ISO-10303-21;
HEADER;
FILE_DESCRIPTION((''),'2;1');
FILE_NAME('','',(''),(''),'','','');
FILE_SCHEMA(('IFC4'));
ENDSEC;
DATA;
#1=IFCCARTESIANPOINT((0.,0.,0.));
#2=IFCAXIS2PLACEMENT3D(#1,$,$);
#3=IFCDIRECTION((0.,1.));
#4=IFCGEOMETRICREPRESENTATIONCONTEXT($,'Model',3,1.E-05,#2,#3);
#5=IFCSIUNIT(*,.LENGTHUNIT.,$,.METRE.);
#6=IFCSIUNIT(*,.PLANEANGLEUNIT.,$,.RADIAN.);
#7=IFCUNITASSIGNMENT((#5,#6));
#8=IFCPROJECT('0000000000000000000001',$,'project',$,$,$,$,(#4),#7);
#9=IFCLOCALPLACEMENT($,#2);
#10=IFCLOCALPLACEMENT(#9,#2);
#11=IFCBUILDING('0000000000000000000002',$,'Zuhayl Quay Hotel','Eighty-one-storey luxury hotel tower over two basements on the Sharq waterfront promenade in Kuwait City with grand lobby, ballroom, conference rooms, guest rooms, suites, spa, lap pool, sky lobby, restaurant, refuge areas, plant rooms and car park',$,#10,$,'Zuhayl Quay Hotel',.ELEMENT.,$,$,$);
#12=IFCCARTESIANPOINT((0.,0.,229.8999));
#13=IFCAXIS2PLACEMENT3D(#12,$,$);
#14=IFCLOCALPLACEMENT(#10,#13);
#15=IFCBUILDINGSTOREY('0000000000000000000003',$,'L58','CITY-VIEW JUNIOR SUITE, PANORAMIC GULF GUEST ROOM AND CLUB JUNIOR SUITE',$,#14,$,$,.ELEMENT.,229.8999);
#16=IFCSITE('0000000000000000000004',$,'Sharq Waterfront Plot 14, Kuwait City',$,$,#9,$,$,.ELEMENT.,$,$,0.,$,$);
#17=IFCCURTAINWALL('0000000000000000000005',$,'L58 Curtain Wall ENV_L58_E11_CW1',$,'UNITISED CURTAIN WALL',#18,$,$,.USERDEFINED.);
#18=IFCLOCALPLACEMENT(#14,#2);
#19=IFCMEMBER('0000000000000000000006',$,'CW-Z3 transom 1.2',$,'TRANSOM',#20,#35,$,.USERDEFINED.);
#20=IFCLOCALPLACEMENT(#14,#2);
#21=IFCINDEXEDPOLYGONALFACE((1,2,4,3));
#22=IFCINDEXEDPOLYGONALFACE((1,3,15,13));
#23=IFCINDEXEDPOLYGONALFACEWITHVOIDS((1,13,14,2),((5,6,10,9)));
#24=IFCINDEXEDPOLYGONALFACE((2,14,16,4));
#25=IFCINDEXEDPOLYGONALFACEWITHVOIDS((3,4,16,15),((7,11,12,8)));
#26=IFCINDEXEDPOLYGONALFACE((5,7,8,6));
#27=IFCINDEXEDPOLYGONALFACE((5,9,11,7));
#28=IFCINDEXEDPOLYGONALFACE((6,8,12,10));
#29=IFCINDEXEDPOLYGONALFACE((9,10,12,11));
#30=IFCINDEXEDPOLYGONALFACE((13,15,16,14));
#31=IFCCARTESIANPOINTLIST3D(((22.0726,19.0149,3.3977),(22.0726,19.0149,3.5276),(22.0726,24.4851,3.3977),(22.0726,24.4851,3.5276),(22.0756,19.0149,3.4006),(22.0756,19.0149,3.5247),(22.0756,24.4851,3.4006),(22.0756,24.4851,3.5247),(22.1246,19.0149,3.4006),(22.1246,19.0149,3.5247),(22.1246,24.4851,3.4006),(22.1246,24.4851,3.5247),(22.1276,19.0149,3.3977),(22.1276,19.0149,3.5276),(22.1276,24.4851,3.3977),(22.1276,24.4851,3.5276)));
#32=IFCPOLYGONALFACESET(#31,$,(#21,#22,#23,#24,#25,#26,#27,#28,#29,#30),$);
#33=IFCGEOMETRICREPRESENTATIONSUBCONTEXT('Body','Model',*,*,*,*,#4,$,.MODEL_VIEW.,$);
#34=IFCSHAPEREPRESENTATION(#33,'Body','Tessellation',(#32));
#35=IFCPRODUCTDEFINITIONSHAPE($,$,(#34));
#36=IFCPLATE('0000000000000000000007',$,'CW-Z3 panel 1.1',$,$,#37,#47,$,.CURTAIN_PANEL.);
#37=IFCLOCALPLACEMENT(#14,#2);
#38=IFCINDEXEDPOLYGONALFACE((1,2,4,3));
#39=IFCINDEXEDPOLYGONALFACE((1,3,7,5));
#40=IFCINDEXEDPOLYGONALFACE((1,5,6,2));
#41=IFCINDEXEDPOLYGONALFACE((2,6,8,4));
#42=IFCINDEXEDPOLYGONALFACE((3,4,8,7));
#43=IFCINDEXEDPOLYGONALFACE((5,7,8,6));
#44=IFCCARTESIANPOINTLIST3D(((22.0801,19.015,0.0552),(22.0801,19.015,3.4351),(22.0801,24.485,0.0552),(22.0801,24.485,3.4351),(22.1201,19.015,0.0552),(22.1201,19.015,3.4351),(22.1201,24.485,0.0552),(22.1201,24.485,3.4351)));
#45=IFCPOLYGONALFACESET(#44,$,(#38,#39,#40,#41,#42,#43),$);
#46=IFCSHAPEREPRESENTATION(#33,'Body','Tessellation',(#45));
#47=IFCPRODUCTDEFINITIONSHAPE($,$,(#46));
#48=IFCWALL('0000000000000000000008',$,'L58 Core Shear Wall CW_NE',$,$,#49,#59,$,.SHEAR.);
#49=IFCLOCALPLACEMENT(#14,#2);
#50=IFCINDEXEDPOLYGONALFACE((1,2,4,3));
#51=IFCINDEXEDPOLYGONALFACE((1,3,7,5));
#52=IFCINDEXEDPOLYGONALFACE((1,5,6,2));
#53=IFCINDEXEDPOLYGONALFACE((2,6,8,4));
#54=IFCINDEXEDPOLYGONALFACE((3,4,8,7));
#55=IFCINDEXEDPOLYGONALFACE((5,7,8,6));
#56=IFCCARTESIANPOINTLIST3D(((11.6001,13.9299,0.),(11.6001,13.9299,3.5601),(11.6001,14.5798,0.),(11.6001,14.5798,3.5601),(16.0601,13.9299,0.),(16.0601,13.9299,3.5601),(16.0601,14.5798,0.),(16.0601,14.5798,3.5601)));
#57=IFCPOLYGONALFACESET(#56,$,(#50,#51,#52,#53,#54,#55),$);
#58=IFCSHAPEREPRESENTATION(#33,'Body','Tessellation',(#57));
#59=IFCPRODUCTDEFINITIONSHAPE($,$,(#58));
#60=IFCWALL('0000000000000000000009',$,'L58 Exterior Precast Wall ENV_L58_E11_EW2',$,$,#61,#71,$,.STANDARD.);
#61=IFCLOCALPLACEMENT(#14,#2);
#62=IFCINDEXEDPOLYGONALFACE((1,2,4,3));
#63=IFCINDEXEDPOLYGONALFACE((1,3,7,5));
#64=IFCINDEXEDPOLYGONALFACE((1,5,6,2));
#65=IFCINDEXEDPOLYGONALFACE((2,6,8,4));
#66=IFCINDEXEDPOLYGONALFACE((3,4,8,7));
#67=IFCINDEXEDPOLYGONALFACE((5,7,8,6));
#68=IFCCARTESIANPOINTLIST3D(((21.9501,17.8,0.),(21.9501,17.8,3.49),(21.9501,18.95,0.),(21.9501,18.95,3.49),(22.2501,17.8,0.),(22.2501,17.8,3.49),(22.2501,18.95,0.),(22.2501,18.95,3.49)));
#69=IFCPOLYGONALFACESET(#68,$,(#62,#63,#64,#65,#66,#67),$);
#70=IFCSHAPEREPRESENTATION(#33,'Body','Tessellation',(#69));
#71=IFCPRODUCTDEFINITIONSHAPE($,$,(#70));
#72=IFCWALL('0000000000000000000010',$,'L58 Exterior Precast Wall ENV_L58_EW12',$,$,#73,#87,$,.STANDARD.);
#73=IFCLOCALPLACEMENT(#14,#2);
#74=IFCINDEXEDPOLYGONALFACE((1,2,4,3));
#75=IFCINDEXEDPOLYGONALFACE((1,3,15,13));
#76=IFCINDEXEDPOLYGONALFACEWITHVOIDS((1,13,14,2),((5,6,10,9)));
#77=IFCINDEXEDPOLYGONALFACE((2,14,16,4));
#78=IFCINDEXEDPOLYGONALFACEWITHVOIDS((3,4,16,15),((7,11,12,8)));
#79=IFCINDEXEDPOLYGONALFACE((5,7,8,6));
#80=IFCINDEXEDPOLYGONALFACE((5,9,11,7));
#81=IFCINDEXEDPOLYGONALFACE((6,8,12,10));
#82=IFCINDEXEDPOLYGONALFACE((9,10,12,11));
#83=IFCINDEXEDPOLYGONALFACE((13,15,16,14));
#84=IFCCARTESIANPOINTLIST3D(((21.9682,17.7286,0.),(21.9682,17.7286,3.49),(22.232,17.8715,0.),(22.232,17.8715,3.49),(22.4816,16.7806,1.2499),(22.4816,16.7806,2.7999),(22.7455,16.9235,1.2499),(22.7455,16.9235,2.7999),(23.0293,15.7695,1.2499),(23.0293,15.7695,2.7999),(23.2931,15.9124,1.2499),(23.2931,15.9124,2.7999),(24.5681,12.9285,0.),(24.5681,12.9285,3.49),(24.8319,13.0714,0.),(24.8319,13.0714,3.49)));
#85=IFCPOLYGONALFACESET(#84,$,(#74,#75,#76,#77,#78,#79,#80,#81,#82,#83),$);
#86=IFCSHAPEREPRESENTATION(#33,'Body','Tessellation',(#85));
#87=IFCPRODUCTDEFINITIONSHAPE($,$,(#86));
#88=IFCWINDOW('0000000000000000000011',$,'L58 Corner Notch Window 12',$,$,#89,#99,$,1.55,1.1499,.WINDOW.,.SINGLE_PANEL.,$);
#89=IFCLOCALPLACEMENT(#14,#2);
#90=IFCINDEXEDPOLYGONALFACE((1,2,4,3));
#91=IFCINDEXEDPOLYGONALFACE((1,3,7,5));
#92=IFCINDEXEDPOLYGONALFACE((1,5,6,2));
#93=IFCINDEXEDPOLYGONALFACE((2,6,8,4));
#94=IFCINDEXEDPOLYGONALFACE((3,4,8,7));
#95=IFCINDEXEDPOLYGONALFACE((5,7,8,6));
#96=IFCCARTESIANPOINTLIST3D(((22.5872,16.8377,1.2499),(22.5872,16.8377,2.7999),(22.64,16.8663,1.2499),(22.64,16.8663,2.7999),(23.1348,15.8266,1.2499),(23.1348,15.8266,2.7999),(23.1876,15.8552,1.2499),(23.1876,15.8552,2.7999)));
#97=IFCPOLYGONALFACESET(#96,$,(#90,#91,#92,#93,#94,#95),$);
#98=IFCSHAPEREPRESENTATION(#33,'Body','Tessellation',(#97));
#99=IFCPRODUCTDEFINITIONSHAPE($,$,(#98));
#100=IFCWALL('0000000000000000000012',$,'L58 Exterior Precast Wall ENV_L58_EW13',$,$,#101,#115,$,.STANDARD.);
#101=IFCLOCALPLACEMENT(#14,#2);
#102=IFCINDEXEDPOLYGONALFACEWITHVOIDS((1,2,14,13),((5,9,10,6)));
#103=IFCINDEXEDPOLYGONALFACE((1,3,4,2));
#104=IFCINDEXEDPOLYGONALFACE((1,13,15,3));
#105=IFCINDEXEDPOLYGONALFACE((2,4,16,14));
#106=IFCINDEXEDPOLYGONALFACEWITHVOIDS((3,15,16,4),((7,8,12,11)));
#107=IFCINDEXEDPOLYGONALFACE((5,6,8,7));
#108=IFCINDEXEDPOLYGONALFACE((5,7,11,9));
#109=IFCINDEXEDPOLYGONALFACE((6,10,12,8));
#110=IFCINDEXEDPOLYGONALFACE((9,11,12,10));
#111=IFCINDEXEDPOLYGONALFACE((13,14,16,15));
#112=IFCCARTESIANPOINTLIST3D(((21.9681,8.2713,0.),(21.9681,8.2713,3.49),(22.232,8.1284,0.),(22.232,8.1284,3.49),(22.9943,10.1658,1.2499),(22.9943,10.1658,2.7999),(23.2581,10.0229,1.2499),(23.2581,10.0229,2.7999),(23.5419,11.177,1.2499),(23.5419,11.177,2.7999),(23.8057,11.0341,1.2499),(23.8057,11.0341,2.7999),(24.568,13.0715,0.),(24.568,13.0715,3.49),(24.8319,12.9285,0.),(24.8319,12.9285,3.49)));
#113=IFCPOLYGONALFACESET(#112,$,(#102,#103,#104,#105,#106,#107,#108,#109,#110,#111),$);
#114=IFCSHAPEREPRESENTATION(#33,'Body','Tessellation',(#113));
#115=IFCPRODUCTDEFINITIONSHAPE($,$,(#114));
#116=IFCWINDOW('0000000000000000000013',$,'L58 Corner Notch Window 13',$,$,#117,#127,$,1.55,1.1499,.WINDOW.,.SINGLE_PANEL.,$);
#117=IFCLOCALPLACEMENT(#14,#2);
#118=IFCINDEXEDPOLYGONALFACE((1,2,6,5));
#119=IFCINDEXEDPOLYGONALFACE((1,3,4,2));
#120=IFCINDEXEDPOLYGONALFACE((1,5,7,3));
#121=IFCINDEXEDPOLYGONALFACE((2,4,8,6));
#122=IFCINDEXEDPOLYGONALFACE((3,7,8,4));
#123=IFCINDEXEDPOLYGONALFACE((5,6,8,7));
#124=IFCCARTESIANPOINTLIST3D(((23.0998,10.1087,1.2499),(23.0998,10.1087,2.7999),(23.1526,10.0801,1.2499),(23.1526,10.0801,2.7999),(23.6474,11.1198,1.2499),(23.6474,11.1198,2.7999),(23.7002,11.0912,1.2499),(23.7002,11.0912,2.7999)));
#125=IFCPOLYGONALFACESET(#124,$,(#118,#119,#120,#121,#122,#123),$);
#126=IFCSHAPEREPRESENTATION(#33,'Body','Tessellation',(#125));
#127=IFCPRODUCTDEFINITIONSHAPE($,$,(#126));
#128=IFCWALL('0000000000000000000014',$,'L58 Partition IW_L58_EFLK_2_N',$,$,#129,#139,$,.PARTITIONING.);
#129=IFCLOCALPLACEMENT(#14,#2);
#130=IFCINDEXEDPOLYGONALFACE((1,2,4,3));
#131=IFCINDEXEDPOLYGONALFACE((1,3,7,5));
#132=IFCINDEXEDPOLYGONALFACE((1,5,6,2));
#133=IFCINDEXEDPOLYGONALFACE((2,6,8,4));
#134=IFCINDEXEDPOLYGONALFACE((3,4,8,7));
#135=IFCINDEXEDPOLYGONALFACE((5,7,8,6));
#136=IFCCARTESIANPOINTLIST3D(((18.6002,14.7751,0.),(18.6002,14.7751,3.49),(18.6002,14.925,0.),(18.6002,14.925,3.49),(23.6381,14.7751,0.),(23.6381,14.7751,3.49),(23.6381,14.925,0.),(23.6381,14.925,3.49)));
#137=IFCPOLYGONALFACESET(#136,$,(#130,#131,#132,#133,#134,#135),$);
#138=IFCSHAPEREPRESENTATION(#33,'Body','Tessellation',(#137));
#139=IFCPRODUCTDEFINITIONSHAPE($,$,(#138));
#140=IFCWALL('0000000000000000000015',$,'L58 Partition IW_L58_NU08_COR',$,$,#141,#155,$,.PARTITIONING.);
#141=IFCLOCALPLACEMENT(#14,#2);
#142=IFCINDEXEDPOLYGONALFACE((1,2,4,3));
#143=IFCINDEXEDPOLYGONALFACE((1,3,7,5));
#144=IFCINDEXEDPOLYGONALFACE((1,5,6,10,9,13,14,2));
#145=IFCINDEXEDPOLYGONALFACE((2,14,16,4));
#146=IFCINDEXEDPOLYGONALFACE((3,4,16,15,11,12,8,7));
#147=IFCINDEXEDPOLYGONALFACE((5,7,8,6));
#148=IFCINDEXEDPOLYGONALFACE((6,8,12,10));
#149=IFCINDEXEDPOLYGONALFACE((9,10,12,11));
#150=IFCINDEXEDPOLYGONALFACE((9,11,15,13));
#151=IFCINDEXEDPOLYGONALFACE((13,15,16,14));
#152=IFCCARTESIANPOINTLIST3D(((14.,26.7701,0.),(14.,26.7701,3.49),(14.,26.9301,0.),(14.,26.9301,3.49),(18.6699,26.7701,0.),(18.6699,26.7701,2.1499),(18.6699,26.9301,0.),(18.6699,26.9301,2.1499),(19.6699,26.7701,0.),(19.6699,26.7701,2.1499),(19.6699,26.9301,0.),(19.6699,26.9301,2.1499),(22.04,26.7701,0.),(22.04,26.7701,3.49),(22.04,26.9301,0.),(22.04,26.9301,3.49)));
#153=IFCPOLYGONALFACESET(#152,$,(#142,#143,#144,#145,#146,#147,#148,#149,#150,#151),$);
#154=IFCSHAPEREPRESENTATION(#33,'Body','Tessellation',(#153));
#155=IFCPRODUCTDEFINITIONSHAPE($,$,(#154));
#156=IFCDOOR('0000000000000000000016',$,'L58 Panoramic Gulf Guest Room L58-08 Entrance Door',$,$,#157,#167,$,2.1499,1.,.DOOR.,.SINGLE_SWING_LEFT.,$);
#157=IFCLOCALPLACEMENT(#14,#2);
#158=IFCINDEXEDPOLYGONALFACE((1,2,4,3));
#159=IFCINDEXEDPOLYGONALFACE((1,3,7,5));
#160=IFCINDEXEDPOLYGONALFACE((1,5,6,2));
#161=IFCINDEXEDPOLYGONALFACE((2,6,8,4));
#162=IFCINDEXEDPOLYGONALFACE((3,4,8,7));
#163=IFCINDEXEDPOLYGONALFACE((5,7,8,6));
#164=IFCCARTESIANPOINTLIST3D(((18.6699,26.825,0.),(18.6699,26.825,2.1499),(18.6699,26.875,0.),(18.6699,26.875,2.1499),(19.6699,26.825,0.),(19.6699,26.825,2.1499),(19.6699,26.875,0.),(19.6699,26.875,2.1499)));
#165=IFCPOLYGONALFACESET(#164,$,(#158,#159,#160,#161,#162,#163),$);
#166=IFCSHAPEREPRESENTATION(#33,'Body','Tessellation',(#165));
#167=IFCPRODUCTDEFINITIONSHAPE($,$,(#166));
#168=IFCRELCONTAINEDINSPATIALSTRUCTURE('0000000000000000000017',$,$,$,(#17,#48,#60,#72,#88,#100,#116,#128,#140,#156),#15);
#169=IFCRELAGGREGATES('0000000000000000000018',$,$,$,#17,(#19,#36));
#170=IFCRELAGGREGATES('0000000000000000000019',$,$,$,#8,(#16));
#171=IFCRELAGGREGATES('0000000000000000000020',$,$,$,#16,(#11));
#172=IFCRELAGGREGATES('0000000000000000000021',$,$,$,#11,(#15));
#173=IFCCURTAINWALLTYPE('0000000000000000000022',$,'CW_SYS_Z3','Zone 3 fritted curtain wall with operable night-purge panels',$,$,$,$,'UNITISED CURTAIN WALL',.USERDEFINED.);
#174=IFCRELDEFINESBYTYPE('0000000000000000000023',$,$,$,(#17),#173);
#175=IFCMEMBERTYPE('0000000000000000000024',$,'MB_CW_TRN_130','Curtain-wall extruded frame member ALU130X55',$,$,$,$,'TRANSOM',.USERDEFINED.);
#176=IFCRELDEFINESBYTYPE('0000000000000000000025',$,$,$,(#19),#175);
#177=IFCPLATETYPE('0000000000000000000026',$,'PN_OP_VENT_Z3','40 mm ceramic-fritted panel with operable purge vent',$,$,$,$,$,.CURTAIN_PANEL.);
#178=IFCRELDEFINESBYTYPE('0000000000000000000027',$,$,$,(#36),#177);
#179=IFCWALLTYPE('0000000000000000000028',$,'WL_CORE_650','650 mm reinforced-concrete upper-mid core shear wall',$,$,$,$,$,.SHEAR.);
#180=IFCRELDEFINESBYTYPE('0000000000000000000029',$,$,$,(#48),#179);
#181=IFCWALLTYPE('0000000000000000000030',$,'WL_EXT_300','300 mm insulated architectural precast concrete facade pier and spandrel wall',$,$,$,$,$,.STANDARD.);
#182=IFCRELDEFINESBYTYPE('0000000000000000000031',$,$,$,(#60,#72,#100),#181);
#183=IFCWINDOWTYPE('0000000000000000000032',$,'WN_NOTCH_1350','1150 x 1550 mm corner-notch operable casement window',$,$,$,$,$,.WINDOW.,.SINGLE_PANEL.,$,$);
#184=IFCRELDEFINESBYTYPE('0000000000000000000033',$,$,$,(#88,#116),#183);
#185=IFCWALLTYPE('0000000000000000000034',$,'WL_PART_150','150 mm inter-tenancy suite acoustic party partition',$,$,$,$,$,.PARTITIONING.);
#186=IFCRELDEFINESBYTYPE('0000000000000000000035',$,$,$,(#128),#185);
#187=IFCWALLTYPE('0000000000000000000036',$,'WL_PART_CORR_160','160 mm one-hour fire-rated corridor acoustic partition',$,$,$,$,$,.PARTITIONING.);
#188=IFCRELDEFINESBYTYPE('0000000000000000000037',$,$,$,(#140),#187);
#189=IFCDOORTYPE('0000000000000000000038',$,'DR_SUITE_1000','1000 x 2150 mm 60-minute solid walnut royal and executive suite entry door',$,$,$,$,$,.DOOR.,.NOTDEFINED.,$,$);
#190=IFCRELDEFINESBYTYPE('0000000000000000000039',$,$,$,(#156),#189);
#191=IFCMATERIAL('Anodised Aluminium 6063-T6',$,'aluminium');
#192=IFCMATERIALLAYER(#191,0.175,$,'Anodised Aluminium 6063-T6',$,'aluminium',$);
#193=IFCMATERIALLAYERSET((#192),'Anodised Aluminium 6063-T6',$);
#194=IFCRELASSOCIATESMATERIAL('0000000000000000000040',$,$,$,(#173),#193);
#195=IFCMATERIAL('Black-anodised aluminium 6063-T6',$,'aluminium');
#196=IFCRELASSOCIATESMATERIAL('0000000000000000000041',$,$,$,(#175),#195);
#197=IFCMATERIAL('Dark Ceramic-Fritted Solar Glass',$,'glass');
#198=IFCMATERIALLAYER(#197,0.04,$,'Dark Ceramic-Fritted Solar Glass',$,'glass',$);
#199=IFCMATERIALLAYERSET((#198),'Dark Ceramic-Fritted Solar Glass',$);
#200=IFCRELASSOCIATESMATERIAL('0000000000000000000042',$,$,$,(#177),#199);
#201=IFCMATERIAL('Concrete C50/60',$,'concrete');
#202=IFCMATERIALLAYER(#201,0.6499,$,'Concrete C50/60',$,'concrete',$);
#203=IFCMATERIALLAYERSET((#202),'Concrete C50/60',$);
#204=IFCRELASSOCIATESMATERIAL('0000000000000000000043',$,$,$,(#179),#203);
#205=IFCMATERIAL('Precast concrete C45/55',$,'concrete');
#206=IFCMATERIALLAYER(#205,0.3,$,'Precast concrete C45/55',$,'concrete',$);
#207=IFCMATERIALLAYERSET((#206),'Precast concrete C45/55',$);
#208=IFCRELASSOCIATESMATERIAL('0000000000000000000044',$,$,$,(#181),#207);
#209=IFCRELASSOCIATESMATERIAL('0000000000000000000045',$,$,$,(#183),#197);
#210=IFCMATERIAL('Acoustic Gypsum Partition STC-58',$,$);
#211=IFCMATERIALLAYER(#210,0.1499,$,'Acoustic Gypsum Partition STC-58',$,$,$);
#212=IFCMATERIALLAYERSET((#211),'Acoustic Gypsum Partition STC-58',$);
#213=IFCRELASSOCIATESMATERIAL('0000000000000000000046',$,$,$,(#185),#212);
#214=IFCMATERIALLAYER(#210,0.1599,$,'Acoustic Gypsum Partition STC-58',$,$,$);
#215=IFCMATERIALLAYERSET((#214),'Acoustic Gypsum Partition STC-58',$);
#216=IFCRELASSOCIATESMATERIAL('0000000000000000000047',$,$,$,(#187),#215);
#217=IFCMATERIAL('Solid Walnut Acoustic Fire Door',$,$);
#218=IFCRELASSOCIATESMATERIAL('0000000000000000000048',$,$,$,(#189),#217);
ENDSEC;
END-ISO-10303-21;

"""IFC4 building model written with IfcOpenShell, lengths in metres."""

from ifc_helpers import new_model, si_unit, direction, frame, frame_2d, origin, origin_2d, place, context, subcontext, project, spatial, rectangle, hollow_rectangle, extrude, material, layer, layer_set, material_profile, profile_set, type_object, element, fill, aggregate, save


model = new_model("IFC4")

# Units and contexts
model_context = context("Model", 3, precision=1e-05, world=origin(), true_north=direction((0.0, 1.0)))
body_context = subcontext(model_context, "Body", "Model", "MODEL_VIEW")
ifc_project = project(units=[si_unit("LENGTHUNIT", "METRE"), si_unit("PLANEANGLEUNIT", "RADIAN")], contexts=[model_context])

# Site, building, storey
site_placement = place(None, origin())
site = spatial("IfcSite", under=ifc_project, at=site_placement, Name="Sharq Waterfront Plot 14, Kuwait City", CompositionType="ELEMENT", RefElevation=0.0)
building_placement = place(site_placement, origin())
building = spatial("IfcBuilding", under=site, at=building_placement, Name="Zuhayl Quay Hotel", Description="Eighty-one-storey luxury hotel tower over two basements on the Sharq waterfront promenade in Kuwait City with grand lobby, ballroom, conference rooms, guest rooms, suites, spa, lap pool, sky lobby, restaurant, refuge areas, plant rooms and car park", LongName="Zuhayl Quay Hotel", CompositionType="ELEMENT")
storey_placement = place(building_placement, frame((0.0, 0.0, 229.8999)))
storey = spatial("IfcBuildingStorey", under=building, at=storey_placement, Name="L58", Description="CITY-VIEW JUNIOR SUITE, PANORAMIC GULF GUEST ROOM AND CLUB JUNIOR SUITE", CompositionType="ELEMENT", Elevation=229.8999)

# Curtain wall, member, plate
ifc_material_1 = material(Name="Anodised Aluminium 6063-T6", Category="aluminium")
ifc_layer_1 = layer(ifc_material_1, 0.175, Name="Anodised Aluminium 6063-T6", Category="aluminium")
ifc_layer_set_1 = layer_set([ifc_layer_1], Name="Anodised Aluminium 6063-T6")
curtain_wall_type = type_object("IfcCurtainWallType", Name="CW_SYS_Z3", Description="Zone 3 fritted curtain wall with operable night-purge panels", ElementType="UNITISED CURTAIN WALL", PredefinedType="USERDEFINED", material=ifc_layer_set_1)
curtain_wall_placement = place(storey_placement, origin())
curtain_wall = element("IfcCurtainWall", 1, at=curtain_wall_placement, inside=storey, type_object=curtain_wall_type, Name="L58 Curtain Wall ENV_L58_E11_CW1", ObjectType="UNITISED CURTAIN WALL", PredefinedType="USERDEFINED")
ifc_material_2 = material(Name="Black-anodised aluminium 6063-T6", Category="aluminium")
ifc_material_profile_1 = material_profile(ifc_material_2, hollow_rectangle(XDim=0.0549, YDim=0.1299, WallThickness=0.0029, at=origin_2d()), Name="ALU130X55")
ifc_profile_set_1 = profile_set([ifc_material_profile_1], Name="Black-anodised aluminium 6063-T6")
member_type_1 = type_object("IfcMemberType", Name="MB_CW_TRN_130", Description="Curtain-wall extruded frame member ALU130X55", ElementType="TRANSOM", PredefinedType="USERDEFINED", material=ifc_profile_set_1)
member_1_placement = place(storey_placement, frame((22.1001, 24.4851, 3.4626), z_axis=(0.0, -1.0, 0.0), x_axis=(1.0, 0.0, 0.0)))
member_1 = element("IfcMember", 2, at=member_1_placement, type_object=member_type_1, Name="CW-Z3 transom 1.2", ObjectType="TRANSOM", PredefinedType="USERDEFINED", context=body_context, shape_type="SweptSolid", body=[
    extrude(hollow_rectangle(XDim=0.0549, YDim=0.1299, WallThickness=0.0029, at=origin_2d()), origin(), (0.0, 0.0, 1.0), 5.4702),
])
ifc_material_3 = material(Name="Dark Ceramic-Fritted Solar Glass", Category="glass")
ifc_layer_2 = layer(ifc_material_3, 0.04, Name="Dark Ceramic-Fritted Solar Glass", Category="glass")
ifc_layer_set_2 = layer_set([ifc_layer_2], Name="Dark Ceramic-Fritted Solar Glass")
plate_type = type_object("IfcPlateType", Name="PN_OP_VENT_Z3", Description="40 mm ceramic-fritted panel with operable purge vent", PredefinedType="CURTAIN_PANEL", material=ifc_layer_set_2)
plate_placement = place(storey_placement, frame((22.1001, 21.75, 0.0552), z_axis=(0.0, 0.0, 1.0), x_axis=(0.0, -1.0, 0.0)))
plate = element("IfcPlate", 3, at=plate_placement, type_object=plate_type, Name="CW-Z3 panel 1.1", PredefinedType="CURTAIN_PANEL", context=body_context, shape_type="SweptSolid", body=[
    extrude(rectangle(XDim=5.47, YDim=0.04, at=origin_2d()), origin(), (0.0, 0.0, 1.0), 3.3799),
])
aggregate(curtain_wall, [member_1, plate])

# Walls
ifc_material_4 = material(Name="Concrete C50/60", Category="concrete")
ifc_layer_3 = layer(ifc_material_4, 0.6499, Name="Concrete C50/60", Category="concrete")
ifc_layer_set_3 = layer_set([ifc_layer_3], Name="Concrete C50/60")
wall_type_1 = type_object("IfcWallType", Name="WL_CORE_650", Description="650 mm reinforced-concrete upper-mid core shear wall", PredefinedType="SHEAR", material=ifc_layer_set_3)
wall_1_placement = place(storey_placement, frame((11.6001, 14.2549, 0.0), z_axis=(0.0, 0.0, 1.0), x_axis=(1.0, 0.0, 0.0)))
element("IfcWall", 4, at=wall_1_placement, inside=storey, type_object=wall_type_1, Name="L58 Core Shear Wall CW_NE", PredefinedType="SHEAR", context=body_context, shape_type="SweptSolid", body=[
    extrude(rectangle(XDim=4.46, YDim=0.6499, at=frame_2d((2.23, 0.0))), origin(), (0.0, 0.0, 1.0), 3.5601),
])
ifc_material_5 = material(Name="Precast concrete C45/55", Category="concrete")
ifc_layer_4 = layer(ifc_material_5, 0.3, Name="Precast concrete C45/55", Category="concrete")
ifc_layer_set_4 = layer_set([ifc_layer_4], Name="Precast concrete C45/55")
wall_type_2 = type_object("IfcWallType", Name="WL_EXT_300", Description="300 mm insulated architectural precast concrete facade pier and spandrel wall", PredefinedType="STANDARD", material=ifc_layer_set_4)
wall_2_placement = place(storey_placement, frame((22.1001, 18.95, 0.0), z_axis=(0.0, 0.0, 1.0), x_axis=(0.0, -1.0, 0.0)))
element("IfcWall", 5, at=wall_2_placement, inside=storey, type_object=wall_type_2, Name="L58 Exterior Precast Wall ENV_L58_E11_EW2", PredefinedType="STANDARD", context=body_context, shape_type="SweptSolid", body=[
    extrude(rectangle(XDim=1.1499, YDim=0.3, at=frame_2d((0.575, 0.0))), origin(), (0.0, 0.0, 1.0), 3.49),
])

# Walls, openings, windows
wall_3_placement = place(storey_placement, frame((22.1001, 17.8, 0.0), z_axis=(0.0, 0.0, 1.0), x_axis=(0.476259, -0.879305, 0.0)))
wall_3 = element("IfcWall", 6, at=wall_3_placement, inside=storey, type_object=wall_type_2, Name="L58 Exterior Precast Wall ENV_L58_EW12", PredefinedType="STANDARD", context=body_context, shape_type="SweptSolid", body=[
    extrude(rectangle(XDim=5.459, YDim=0.3, at=frame_2d((2.7295, 0.0))), origin(), (0.0, 0.0, 1.0), 3.49),
])
opening_1_placement = place(wall_3_placement, frame((1.0781, 0.0, 1.25)))
opening_1 = element("IfcOpeningElement", 7, at=opening_1_placement, cuts=wall_3, PredefinedType="OPENING", context=body_context, shape_type="SweptSolid", body=[
    extrude(rectangle(XDim=1.1499, YDim=1.55, at=frame_2d((0.575, 0.7749))), frame((0.0, 0.1599, 0.0), z_axis=(0.0, -1.0, 0.0), x_axis=(1.0, 0.0, 0.0)), (0.0, 0.0, 1.0), 0.3201),
])
window_type = type_object("IfcWindowType", Name="WN_NOTCH_1350", Description="1150 x 1550 mm corner-notch operable casement window", PartitioningType="SINGLE_PANEL", PredefinedType="WINDOW", material=ifc_material_3)
window_1_placement = place(opening_1_placement, origin())
window_1 = element("IfcWindow", 8, at=window_1_placement, inside=storey, type_object=window_type, Name="L58 Corner Notch Window 12", OverallHeight=1.55, OverallWidth=1.1499, PartitioningType="SINGLE_PANEL", PredefinedType="WINDOW", context=body_context, shape_type="SweptSolid", body=[
    extrude(rectangle(XDim=1.1499, YDim=1.55, at=frame_2d((0.575, 0.7749))), frame((0.0, 0.03, 0.0), z_axis=(0.0, -1.0, 0.0), x_axis=(1.0, 0.0, 0.0)), (0.0, 0.0, 1.0), 0.0601),
])
fill(opening_1, window_1)
wall_4_placement = place(storey_placement, frame((24.7, 13.0, 0.0), z_axis=(0.0, 0.0, 1.0), x_axis=(-0.476259, -0.879305, 0.0)))
wall_4 = element("IfcWall", 9, at=wall_4_placement, inside=storey, type_object=wall_type_2, Name="L58 Exterior Precast Wall ENV_L58_EW13", PredefinedType="STANDARD", context=body_context, shape_type="SweptSolid", body=[
    extrude(rectangle(XDim=5.459, YDim=0.3, at=frame_2d((2.7295, 0.0))), origin(), (0.0, 0.0, 1.0), 3.49),
])
opening_2_placement = place(wall_4_placement, frame((2.1545, 0.0, 1.25)))
opening_2 = element("IfcOpeningElement", 10, at=opening_2_placement, cuts=wall_4, PredefinedType="OPENING", context=body_context, shape_type="SweptSolid", body=[
    extrude(rectangle(XDim=1.1499, YDim=1.55, at=frame_2d((0.575, 0.7749))), frame((0.0, 0.1599, 0.0), z_axis=(0.0, -1.0, 0.0), x_axis=(1.0, 0.0, 0.0)), (0.0, 0.0, 1.0), 0.3201),
])
window_2_placement = place(opening_2_placement, origin())
window_2 = element("IfcWindow", 11, at=window_2_placement, inside=storey, type_object=window_type, Name="L58 Corner Notch Window 13", OverallHeight=1.55, OverallWidth=1.1499, PartitioningType="SINGLE_PANEL", PredefinedType="WINDOW", context=body_context, shape_type="SweptSolid", body=[
    extrude(rectangle(XDim=1.1499, YDim=1.55, at=frame_2d((0.575, 0.7749))), frame((0.0, 0.03, 0.0), z_axis=(0.0, -1.0, 0.0), x_axis=(1.0, 0.0, 0.0)), (0.0, 0.0, 1.0), 0.0601),
])
fill(opening_2, window_2)

# Wall
ifc_material_6 = material(Name="Acoustic Gypsum Partition STC-58")
ifc_layer_5 = layer(ifc_material_6, 0.1499, Name="Acoustic Gypsum Partition STC-58")
ifc_layer_set_5 = layer_set([ifc_layer_5], Name="Acoustic Gypsum Partition STC-58")
wall_type_3 = type_object("IfcWallType", Name="WL_PART_150", Description="150 mm inter-tenancy suite acoustic party partition", PredefinedType="PARTITIONING", material=ifc_layer_set_5)
wall_5_placement = place(storey_placement, frame((18.6001, 14.8501, 0.0), z_axis=(0.0, 0.0, 1.0), x_axis=(1.0, 0.0, 0.0)))
element("IfcWall", 12, at=wall_5_placement, inside=storey, type_object=wall_type_3, Name="L58 Partition IW_L58_EFLK_2_N", PredefinedType="PARTITIONING", context=body_context, shape_type="SweptSolid", body=[
    extrude(rectangle(XDim=5.0378, YDim=0.1499, at=frame_2d((2.519, 0.0))), origin(), (0.0, 0.0, 1.0), 3.49),
])

# Wall, opening, door
ifc_layer_6 = layer(ifc_material_6, 0.1599, Name="Acoustic Gypsum Partition STC-58")
ifc_layer_set_6 = layer_set([ifc_layer_6], Name="Acoustic Gypsum Partition STC-58")
wall_type_4 = type_object("IfcWallType", Name="WL_PART_CORR_160", Description="160 mm one-hour fire-rated corridor acoustic partition", PredefinedType="PARTITIONING", material=ifc_layer_set_6)
wall_6_placement = place(storey_placement, frame((14.0, 26.8501, 0.0), z_axis=(0.0, 0.0, 1.0), x_axis=(1.0, 0.0, 0.0)))
wall_6 = element("IfcWall", 13, at=wall_6_placement, inside=storey, type_object=wall_type_4, Name="L58 Partition IW_L58_NU08_COR", PredefinedType="PARTITIONING", context=body_context, shape_type="SweptSolid", body=[
    extrude(rectangle(XDim=8.04, YDim=0.1599, at=frame_2d((4.02, 0.0))), origin(), (0.0, 0.0, 1.0), 3.49),
])
opening_3_placement = place(wall_6_placement, frame((4.6699, 0.0, 0.0)))
opening_3 = element("IfcOpeningElement", 14, at=opening_3_placement, cuts=wall_6, PredefinedType="OPENING", context=body_context, shape_type="SweptSolid", body=[
    extrude(rectangle(XDim=1.0, YDim=2.1499, at=frame_2d((0.5, 1.075))), frame((0.0, 0.0898, 0.0), z_axis=(0.0, -1.0, 0.0), x_axis=(1.0, 0.0, 0.0)), (0.0, 0.0, 1.0), 0.1799),
])
ifc_material_7 = material(Name="Solid Walnut Acoustic Fire Door")
door_type_1 = type_object("IfcDoorType", Name="DR_SUITE_1000", Description="1000 x 2150 mm 60-minute solid walnut royal and executive suite entry door", OperationType="NOTDEFINED", PredefinedType="DOOR", material=ifc_material_7)
door_1_placement = place(opening_3_placement, origin())
door_1 = element("IfcDoor", 15, at=door_1_placement, inside=storey, type_object=door_type_1, Name="L58 Panoramic Gulf Guest Room L58-08 Entrance Door", OperationType="SINGLE_SWING_LEFT", OverallHeight=2.1499, OverallWidth=1.0, PredefinedType="DOOR", context=body_context, shape_type="SweptSolid", body=[
    extrude(rectangle(XDim=1.0, YDim=2.1499, at=frame_2d((0.5, 1.075))), frame((0.0, 0.0249, 0.0), z_axis=(0.0, -1.0, 0.0), x_axis=(1.0, 0.0, 0.0)), (0.0, 0.0, 1.0), 0.05),
])
fill(opening_3, door_1)

save(model, "model.ifc")
